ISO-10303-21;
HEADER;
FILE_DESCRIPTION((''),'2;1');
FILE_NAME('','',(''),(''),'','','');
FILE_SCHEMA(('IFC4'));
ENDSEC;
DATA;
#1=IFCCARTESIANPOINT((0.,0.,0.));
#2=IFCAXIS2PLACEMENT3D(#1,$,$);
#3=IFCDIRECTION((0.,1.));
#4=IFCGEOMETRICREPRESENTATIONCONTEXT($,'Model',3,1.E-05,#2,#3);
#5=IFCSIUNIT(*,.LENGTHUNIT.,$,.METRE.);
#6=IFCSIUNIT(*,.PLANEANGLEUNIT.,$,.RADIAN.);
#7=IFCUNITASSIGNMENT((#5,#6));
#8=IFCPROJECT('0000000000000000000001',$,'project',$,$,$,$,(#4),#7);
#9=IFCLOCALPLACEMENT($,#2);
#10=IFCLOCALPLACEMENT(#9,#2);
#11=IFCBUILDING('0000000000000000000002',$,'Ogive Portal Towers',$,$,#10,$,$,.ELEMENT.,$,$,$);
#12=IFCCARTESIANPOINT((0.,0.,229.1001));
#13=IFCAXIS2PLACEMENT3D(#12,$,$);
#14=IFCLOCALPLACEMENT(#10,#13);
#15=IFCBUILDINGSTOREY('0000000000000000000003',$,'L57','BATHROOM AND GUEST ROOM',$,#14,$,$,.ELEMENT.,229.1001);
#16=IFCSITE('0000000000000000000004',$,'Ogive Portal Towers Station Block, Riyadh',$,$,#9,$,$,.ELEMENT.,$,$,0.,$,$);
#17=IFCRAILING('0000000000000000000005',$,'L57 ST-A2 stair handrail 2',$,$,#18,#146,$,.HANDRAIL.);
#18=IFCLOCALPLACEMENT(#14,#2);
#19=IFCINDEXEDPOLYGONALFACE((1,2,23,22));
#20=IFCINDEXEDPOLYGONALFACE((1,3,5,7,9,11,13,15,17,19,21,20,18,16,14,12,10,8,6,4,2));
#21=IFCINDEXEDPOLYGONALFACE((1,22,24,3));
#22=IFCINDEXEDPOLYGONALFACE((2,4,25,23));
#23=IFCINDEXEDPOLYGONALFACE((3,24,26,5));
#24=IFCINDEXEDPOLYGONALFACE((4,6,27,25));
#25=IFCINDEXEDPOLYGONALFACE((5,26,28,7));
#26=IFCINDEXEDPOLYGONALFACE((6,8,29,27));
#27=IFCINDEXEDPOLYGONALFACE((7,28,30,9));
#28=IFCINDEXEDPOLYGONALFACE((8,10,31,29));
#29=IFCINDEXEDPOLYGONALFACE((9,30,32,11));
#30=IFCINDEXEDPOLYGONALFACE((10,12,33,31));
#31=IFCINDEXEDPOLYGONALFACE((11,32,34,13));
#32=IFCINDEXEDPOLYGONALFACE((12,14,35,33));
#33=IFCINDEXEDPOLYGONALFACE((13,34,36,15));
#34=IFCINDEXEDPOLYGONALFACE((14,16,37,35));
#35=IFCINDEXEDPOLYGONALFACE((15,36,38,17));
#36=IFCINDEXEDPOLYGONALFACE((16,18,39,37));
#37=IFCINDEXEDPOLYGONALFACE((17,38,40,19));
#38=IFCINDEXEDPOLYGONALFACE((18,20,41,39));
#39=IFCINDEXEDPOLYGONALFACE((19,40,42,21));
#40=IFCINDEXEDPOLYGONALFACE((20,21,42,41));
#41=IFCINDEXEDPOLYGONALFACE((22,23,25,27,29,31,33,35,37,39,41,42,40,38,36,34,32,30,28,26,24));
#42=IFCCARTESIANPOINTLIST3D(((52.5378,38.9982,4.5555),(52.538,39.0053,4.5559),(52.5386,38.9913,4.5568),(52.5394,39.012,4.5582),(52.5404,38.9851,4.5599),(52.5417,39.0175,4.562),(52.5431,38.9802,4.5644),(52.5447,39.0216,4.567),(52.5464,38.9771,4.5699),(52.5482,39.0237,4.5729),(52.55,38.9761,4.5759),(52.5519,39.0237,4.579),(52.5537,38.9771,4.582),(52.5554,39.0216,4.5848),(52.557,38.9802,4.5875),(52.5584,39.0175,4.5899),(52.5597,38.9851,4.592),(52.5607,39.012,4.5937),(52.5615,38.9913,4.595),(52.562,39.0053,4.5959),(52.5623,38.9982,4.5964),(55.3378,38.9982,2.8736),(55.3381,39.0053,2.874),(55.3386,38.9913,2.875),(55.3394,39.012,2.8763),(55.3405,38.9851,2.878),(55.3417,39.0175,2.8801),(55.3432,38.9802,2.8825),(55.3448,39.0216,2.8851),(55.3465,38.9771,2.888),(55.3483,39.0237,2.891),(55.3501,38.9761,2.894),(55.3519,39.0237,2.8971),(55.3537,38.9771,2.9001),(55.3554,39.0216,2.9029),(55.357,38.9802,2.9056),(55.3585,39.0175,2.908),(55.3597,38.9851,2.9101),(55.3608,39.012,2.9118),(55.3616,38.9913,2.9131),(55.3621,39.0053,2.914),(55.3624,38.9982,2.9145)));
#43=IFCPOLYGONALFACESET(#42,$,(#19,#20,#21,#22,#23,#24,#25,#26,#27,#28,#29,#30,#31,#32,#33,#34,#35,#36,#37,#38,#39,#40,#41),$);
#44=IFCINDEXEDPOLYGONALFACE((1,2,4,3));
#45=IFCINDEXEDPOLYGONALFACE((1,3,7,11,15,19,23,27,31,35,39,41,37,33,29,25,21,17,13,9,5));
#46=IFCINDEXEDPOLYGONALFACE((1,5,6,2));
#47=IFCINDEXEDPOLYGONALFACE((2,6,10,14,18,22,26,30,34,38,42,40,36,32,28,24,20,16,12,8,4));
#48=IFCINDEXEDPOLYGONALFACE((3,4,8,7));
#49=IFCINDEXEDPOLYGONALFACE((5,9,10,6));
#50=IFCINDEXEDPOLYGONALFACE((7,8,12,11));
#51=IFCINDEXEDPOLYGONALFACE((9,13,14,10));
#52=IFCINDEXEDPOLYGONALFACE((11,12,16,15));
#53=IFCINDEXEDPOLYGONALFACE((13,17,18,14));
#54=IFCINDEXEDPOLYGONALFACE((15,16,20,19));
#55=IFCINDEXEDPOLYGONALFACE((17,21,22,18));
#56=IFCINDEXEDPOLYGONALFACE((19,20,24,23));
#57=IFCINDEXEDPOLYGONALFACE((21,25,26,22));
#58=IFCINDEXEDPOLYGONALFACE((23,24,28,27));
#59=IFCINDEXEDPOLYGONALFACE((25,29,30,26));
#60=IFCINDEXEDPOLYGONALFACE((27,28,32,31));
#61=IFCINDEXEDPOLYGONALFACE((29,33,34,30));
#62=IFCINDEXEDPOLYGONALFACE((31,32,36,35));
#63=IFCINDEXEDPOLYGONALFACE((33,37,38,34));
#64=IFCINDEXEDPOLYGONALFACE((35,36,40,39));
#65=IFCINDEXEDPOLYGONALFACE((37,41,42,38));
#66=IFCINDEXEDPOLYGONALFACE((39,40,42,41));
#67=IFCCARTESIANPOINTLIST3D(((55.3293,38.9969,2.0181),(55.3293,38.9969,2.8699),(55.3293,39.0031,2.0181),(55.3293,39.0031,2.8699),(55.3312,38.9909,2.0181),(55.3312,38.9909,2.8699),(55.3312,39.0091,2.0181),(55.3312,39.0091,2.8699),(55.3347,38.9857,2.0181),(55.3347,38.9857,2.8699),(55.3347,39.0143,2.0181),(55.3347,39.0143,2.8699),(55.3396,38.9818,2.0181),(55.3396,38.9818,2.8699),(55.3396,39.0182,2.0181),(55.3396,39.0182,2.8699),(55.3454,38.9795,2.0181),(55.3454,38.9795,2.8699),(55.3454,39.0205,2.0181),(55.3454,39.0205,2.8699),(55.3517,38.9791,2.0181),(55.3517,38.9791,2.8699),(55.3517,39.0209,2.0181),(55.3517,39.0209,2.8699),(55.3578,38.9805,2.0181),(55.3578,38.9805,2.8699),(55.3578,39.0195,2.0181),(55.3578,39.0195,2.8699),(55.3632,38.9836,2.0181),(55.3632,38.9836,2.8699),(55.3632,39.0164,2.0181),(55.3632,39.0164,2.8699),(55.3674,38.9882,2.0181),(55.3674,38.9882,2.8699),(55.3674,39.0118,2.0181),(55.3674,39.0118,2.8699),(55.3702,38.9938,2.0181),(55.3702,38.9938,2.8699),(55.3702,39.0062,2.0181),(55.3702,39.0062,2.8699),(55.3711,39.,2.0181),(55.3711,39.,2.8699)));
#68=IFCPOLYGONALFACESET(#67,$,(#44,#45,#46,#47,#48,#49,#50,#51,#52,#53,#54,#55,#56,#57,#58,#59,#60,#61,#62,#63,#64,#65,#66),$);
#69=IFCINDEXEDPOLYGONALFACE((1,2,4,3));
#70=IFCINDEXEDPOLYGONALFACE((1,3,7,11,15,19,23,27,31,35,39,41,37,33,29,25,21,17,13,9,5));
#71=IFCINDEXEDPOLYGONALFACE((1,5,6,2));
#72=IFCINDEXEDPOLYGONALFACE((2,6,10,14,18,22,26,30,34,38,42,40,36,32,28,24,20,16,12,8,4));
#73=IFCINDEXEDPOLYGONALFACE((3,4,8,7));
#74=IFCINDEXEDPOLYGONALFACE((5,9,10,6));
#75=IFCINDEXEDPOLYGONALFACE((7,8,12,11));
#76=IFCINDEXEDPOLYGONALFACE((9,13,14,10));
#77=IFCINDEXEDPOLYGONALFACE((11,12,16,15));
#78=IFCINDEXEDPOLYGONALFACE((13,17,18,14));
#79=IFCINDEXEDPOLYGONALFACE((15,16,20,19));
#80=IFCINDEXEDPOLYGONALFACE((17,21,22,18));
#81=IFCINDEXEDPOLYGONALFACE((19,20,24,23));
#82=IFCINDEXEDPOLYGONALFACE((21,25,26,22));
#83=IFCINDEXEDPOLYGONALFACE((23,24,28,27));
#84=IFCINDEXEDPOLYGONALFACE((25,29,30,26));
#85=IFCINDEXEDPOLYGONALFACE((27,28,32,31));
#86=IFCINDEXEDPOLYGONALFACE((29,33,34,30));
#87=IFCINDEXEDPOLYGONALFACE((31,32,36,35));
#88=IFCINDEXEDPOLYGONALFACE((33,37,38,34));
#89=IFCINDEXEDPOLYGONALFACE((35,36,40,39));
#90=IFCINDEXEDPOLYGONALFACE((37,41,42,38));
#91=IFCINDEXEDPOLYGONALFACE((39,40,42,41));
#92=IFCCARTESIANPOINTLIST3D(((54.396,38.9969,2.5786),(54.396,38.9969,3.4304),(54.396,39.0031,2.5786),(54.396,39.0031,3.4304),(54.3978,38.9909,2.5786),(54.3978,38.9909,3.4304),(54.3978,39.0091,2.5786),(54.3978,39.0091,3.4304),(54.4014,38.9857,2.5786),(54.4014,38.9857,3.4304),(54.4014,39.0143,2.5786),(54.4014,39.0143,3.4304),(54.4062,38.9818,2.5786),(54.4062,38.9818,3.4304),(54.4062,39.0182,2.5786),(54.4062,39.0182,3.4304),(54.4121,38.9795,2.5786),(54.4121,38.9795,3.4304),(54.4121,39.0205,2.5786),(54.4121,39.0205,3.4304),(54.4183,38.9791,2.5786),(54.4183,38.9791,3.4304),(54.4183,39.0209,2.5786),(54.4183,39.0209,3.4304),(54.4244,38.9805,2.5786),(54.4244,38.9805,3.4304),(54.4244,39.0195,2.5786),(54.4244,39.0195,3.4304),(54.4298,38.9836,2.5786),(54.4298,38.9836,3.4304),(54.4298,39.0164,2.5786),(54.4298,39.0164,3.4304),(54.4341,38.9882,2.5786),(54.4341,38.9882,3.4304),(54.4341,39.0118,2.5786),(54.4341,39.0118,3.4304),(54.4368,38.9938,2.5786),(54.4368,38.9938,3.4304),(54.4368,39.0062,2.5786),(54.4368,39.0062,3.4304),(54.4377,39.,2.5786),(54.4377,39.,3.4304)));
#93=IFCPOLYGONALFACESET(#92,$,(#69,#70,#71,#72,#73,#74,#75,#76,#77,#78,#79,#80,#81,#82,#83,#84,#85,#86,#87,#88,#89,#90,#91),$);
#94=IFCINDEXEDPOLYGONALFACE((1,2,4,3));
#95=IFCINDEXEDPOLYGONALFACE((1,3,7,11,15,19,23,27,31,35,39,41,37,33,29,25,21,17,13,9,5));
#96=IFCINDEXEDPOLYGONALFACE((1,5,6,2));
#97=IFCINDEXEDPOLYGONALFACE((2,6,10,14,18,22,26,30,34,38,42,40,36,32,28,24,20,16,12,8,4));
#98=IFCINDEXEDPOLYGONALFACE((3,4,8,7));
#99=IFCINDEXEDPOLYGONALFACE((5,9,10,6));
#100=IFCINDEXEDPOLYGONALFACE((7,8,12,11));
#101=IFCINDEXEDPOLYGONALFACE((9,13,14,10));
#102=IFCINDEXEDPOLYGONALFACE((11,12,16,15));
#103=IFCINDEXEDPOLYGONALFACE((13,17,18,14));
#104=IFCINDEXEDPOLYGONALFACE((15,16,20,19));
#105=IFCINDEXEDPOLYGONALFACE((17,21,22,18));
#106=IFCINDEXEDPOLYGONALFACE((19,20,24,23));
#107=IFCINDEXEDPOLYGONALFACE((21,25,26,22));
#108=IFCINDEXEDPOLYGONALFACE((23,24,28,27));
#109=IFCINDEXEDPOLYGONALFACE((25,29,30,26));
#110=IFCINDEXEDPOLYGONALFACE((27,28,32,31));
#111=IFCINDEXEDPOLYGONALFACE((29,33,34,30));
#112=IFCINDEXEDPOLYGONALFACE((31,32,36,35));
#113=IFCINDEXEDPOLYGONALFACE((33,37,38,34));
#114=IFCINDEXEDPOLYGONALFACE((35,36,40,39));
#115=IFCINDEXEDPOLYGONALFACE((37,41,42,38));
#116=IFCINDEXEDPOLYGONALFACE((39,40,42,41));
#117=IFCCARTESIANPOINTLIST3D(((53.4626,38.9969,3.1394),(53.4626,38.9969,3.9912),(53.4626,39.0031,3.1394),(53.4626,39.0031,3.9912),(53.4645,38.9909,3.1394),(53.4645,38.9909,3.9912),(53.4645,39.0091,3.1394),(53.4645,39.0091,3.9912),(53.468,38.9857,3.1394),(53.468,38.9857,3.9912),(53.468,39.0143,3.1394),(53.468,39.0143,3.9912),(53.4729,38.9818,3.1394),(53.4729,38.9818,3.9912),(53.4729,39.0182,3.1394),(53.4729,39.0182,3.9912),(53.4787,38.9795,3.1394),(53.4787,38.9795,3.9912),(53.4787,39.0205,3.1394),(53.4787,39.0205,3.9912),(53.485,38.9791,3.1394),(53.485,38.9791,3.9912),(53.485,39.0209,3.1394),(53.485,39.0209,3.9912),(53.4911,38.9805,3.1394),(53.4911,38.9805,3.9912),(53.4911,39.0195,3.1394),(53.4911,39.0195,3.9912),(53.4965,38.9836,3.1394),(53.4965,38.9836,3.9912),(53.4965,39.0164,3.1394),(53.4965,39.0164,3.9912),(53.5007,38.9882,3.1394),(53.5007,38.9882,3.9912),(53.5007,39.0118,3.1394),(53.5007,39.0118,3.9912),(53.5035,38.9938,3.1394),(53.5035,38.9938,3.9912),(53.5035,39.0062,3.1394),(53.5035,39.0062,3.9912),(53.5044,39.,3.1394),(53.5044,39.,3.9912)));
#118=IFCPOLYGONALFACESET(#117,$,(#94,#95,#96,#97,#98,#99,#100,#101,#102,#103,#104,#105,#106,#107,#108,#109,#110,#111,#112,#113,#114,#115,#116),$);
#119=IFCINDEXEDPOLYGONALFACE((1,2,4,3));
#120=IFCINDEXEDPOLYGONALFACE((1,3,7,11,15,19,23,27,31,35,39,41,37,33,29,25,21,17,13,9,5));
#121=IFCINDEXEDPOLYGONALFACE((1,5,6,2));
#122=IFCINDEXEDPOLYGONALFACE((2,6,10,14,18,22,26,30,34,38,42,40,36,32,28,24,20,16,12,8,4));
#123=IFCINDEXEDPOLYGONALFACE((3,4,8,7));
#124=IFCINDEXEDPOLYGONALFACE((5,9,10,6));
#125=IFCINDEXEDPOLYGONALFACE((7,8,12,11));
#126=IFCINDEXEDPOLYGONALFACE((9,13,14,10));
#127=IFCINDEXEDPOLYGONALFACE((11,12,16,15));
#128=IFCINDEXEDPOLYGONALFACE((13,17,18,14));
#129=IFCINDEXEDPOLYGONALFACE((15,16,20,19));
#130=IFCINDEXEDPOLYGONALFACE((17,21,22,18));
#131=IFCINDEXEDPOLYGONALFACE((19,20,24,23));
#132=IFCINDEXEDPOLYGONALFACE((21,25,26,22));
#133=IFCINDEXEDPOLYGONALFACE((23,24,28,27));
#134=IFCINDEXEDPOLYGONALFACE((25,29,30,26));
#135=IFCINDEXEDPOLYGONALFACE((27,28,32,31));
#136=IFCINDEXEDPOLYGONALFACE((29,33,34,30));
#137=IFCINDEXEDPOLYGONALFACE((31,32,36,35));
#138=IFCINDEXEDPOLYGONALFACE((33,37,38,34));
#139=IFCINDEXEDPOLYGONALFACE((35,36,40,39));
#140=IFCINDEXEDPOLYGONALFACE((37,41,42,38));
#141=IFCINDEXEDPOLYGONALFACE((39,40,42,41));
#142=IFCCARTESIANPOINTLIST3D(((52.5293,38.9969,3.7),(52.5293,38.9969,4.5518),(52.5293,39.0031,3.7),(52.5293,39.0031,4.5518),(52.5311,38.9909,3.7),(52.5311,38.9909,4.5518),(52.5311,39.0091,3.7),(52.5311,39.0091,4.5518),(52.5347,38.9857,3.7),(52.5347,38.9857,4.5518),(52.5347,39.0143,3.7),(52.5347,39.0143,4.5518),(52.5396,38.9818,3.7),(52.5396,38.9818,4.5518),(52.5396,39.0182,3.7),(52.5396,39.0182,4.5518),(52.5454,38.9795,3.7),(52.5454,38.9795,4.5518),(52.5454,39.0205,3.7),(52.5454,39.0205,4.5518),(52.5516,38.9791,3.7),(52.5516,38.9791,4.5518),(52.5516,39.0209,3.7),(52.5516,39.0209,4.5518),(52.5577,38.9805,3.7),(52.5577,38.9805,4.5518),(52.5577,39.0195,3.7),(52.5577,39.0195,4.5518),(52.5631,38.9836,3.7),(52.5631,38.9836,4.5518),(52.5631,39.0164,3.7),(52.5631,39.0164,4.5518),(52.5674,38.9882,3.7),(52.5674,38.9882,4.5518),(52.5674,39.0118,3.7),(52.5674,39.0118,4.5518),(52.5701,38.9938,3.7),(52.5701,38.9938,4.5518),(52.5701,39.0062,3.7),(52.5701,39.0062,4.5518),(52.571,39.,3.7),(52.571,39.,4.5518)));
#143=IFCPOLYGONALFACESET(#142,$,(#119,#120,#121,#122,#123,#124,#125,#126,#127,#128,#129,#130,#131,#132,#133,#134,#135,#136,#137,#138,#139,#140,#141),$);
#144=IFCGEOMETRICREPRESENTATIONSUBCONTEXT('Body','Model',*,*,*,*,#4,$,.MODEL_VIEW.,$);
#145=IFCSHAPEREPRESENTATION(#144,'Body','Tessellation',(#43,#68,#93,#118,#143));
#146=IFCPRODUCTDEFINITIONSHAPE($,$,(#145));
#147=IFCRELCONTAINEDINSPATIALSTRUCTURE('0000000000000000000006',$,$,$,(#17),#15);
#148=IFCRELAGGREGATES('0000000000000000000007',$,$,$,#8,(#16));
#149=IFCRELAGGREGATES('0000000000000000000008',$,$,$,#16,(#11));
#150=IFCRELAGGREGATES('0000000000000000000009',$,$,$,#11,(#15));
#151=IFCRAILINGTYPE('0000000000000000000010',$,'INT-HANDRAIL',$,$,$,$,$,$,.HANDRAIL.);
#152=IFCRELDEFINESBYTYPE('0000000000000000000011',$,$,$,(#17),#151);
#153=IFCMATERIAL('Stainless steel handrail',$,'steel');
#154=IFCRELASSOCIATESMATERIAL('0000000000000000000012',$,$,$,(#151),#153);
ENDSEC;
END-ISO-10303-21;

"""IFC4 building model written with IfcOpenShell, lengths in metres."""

from ifc_helpers import new_model, si_unit, direction, frame, origin, origin_2d, place, context, subcontext, project, spatial, circle, extrude, material, type_object, element, save


model = new_model("IFC4")

# Units and contexts
model_context = context("Model", 3, precision=1e-05, world=origin(), true_north=direction((0.0, 1.0)))
body_context = subcontext(model_context, "Body", "Model", "MODEL_VIEW")
ifc_project = project(units=[si_unit("LENGTHUNIT", "METRE"), si_unit("PLANEANGLEUNIT", "RADIAN")], contexts=[model_context])

# Site, building, storey
site_placement = place(None, origin())
site = spatial("IfcSite", under=ifc_project, at=site_placement, Name="Ogive Portal Towers Station Block, Riyadh", CompositionType="ELEMENT", RefElevation=0.0)
building_placement = place(site_placement, origin())
building = spatial("IfcBuilding", under=site, at=building_placement, Name="Ogive Portal Towers", CompositionType="ELEMENT")
storey_placement = place(building_placement, frame((0.0, 0.0, 229.1001)))
storey = spatial("IfcBuildingStorey", under=building, at=storey_placement, Name="L57", Description="BATHROOM AND GUEST ROOM", CompositionType="ELEMENT", Elevation=229.1001)

# Railing
ifc_material_1 = material(Name="Stainless steel handrail", Category="steel")
railing_type = type_object("IfcRailingType", Name="INT-HANDRAIL", PredefinedType="HANDRAIL", material=ifc_material_1)
railing_placement = place(storey_placement, frame((55.3501, 39.0, 2.0181)))
element("IfcRailing", 1, at=railing_placement, inside=storey, type_object=railing_type, Name="L57 ST-A2 stair handrail 2", PredefinedType="HANDRAIL", context=body_context, shape_type="SweptSolid", body=[
    extrude(circle(Radius=0.0239, at=origin_2d()), frame((0.0, 0.0, 0.876), z_axis=(-0.857242, 0.0, 0.514913), x_axis=(0.0, -1.0, 0.0)), (0.0, 0.0, 1.0), 3.2664),
    extrude(circle(Radius=0.021, at=origin_2d()), origin(), (0.0, 0.0, 1.0), 0.8518),
    extrude(circle(Radius=0.021, at=origin_2d()), frame((-0.9333, 0.0, 0.5605)), (0.0, 0.0, 1.0), 0.8518),
    extrude(circle(Radius=0.021, at=origin_2d()), frame((-1.8667, 0.0, 1.1213)), (0.0, 0.0, 1.0), 0.8518),
    extrude(circle(Radius=0.021, at=origin_2d()), frame((-2.8, 0.0, 1.6819)), (0.0, 0.0, 1.0), 0.8518),
])

save(model, "model.ifc")
